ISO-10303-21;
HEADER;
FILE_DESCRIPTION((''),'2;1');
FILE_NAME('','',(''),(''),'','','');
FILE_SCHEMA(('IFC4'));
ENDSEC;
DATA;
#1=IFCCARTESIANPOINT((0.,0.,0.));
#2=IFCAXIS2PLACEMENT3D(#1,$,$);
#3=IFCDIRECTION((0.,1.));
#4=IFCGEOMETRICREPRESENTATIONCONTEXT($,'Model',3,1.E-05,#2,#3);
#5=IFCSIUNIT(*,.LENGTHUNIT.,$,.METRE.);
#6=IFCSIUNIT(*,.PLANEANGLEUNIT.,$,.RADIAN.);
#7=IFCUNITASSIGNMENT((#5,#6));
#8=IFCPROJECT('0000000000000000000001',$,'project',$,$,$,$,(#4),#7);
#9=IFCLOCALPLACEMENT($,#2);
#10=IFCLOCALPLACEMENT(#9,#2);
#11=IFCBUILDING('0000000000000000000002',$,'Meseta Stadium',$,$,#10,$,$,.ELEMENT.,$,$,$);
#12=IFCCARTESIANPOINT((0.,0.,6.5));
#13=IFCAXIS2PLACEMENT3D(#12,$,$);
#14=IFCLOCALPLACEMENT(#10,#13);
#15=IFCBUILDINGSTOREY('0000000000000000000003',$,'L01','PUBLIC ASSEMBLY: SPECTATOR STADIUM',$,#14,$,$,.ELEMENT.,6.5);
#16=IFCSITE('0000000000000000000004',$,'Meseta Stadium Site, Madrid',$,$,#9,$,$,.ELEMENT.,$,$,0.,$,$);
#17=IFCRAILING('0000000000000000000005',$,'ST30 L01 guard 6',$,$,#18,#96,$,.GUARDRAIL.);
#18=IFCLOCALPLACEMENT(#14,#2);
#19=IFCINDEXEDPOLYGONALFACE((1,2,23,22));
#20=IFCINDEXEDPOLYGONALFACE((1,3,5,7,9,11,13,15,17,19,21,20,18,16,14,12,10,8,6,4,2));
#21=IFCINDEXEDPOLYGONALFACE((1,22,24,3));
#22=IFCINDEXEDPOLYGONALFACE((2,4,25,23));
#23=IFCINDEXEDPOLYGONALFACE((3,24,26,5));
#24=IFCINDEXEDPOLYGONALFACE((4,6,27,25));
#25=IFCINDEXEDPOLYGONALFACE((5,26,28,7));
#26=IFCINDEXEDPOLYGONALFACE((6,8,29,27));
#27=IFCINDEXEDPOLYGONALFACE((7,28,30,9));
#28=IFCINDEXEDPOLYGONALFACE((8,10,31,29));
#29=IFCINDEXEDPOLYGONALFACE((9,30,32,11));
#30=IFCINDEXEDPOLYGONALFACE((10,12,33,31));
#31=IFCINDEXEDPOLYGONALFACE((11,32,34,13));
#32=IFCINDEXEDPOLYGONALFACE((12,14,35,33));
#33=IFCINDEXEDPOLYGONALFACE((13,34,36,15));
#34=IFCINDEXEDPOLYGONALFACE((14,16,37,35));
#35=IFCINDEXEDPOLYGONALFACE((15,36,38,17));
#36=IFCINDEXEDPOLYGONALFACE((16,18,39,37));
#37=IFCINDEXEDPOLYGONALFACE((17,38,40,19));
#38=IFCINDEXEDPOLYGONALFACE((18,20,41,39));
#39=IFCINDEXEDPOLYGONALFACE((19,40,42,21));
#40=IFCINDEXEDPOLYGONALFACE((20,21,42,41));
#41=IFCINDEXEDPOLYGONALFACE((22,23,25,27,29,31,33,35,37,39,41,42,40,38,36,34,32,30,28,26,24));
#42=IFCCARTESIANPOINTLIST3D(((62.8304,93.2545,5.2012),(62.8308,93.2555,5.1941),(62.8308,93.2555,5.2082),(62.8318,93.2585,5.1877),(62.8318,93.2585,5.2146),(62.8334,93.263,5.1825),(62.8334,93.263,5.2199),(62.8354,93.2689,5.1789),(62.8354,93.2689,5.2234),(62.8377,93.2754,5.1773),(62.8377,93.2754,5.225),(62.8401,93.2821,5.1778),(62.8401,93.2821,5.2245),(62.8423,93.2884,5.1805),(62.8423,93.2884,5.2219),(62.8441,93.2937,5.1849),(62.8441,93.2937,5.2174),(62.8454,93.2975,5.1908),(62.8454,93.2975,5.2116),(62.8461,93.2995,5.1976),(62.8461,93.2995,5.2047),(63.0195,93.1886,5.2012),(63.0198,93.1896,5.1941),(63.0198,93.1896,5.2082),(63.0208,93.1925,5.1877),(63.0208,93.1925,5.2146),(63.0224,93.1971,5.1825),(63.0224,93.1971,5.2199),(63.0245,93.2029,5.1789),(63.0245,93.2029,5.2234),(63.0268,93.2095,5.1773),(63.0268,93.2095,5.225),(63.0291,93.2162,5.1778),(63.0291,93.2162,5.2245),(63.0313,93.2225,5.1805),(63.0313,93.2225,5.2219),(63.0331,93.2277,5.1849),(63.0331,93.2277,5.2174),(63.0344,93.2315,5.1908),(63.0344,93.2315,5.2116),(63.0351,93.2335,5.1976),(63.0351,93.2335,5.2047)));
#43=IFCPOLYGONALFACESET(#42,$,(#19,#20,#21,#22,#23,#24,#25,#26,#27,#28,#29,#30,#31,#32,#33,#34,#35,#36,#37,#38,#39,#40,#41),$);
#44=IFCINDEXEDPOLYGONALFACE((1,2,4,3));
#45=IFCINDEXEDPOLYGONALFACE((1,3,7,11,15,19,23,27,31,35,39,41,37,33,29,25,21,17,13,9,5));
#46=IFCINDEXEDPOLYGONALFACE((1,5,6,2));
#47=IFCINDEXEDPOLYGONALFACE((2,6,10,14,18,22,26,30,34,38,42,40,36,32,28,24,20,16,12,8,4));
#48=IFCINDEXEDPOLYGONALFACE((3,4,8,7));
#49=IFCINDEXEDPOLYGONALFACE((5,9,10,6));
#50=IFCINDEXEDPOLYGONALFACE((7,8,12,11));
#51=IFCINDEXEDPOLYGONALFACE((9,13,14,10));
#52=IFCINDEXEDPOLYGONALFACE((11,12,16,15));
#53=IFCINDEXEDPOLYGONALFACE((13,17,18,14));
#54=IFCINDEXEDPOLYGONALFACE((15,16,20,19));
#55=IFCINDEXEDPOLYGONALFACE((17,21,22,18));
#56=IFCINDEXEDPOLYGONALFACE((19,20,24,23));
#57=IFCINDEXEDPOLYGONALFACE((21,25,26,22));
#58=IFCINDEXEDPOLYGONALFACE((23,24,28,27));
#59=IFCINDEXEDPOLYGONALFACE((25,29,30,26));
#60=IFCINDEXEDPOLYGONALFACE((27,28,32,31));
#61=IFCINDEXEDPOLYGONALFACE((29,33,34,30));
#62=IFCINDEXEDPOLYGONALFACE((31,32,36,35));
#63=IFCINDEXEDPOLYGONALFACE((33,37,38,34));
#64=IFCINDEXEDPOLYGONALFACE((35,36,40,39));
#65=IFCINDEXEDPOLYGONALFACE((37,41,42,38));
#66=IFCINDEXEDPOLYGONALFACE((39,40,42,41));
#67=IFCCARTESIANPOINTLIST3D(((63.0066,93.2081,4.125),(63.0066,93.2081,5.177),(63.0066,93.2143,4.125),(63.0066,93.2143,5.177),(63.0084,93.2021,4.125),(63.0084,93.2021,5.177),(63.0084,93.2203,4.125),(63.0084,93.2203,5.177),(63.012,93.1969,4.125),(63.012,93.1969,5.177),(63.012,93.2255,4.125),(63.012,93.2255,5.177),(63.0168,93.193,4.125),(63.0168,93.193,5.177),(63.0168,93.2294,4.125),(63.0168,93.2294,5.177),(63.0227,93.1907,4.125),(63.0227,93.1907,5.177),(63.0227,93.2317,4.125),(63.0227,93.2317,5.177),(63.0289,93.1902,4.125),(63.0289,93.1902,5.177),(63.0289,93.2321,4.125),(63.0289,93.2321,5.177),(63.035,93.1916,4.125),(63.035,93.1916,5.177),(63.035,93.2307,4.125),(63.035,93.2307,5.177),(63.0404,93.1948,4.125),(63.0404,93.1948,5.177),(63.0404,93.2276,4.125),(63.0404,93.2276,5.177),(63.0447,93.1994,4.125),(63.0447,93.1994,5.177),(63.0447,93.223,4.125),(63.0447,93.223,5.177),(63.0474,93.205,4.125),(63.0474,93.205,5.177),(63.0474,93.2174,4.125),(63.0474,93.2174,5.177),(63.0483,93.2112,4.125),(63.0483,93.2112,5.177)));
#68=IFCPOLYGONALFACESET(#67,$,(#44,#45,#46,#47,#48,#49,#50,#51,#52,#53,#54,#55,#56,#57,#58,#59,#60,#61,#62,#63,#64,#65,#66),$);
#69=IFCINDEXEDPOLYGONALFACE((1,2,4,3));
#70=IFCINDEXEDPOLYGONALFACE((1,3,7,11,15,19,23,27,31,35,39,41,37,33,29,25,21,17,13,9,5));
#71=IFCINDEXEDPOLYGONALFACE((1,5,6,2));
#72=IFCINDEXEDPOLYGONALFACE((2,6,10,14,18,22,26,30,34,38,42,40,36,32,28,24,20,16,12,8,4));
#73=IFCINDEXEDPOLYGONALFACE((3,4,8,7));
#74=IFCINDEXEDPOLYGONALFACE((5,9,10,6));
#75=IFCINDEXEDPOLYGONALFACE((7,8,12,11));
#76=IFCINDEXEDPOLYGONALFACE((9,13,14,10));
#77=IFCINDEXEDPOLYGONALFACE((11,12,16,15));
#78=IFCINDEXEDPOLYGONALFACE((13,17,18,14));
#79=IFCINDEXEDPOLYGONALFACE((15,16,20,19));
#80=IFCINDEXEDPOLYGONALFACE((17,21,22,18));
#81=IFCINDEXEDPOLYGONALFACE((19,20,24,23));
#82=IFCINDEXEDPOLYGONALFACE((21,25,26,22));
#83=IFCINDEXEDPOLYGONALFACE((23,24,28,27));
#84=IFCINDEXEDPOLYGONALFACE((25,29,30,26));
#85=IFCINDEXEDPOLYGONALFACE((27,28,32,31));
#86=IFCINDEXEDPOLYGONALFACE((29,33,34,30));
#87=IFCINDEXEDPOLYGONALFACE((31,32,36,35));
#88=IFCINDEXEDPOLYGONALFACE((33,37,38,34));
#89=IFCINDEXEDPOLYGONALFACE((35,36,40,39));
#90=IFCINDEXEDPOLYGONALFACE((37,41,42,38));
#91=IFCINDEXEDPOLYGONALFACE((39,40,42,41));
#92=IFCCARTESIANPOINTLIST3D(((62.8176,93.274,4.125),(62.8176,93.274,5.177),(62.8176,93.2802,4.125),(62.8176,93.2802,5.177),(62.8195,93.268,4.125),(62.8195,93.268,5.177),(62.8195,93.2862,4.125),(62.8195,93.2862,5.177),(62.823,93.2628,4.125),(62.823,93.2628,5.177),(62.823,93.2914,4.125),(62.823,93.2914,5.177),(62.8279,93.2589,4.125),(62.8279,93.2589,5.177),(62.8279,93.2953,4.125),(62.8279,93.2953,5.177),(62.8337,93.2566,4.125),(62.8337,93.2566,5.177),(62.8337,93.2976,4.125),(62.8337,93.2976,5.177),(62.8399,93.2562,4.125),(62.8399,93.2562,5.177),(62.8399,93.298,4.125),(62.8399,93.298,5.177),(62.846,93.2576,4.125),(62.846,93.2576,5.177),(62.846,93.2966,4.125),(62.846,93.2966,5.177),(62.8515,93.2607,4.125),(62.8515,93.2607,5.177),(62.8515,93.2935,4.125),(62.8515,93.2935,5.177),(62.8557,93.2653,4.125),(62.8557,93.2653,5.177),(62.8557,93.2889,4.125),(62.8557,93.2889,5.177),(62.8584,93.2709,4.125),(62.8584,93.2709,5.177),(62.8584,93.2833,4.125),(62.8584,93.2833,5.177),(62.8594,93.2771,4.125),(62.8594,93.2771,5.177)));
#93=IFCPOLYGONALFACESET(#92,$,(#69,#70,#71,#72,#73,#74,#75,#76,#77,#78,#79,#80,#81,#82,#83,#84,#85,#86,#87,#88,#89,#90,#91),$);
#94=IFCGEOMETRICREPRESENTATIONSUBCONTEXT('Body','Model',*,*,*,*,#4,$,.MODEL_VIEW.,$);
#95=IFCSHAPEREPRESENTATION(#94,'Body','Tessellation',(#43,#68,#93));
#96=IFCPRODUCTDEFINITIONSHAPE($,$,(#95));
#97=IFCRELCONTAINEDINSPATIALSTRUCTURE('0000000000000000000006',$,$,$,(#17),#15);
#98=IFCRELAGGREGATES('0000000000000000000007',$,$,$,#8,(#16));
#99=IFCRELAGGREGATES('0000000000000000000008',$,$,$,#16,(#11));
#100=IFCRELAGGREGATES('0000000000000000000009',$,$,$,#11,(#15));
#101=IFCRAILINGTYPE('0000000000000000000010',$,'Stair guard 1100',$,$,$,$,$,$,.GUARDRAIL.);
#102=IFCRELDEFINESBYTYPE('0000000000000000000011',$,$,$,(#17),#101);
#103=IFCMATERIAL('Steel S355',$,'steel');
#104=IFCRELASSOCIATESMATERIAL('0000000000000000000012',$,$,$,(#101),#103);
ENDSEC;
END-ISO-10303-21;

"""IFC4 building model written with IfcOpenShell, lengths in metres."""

from ifc_helpers import new_model, si_unit, direction, frame, origin, origin_2d, place, context, subcontext, project, spatial, circle, extrude, material, type_object, element, save


model = new_model("IFC4")

# Units and contexts
model_context = context("Model", 3, precision=1e-05, world=origin(), true_north=direction((0.0, 1.0)))
body_context = subcontext(model_context, "Body", "Model", "MODEL_VIEW")
ifc_project = project(units=[si_unit("LENGTHUNIT", "METRE"), si_unit("PLANEANGLEUNIT", "RADIAN")], contexts=[model_context])

# Site, building, storey
site_placement = place(None, origin())
site = spatial("IfcSite", under=ifc_project, at=site_placement, Name="Meseta Stadium Site, Madrid", CompositionType="ELEMENT", RefElevation=0.0)
building_placement = place(site_placement, origin())
building = spatial("IfcBuilding", under=site, at=building_placement, Name="Meseta Stadium", CompositionType="ELEMENT")
storey_placement = place(building_placement, frame((0.0, 0.0, 6.5)))
storey = spatial("IfcBuildingStorey", under=building, at=storey_placement, Name="L01", Description="PUBLIC ASSEMBLY: SPECTATOR STADIUM", CompositionType="ELEMENT", Elevation=6.5)

# Railing
ifc_material_1 = material(Name="Steel S355", Category="steel")
railing_type_1 = type_object("IfcRailingType", Name="Stair guard 1100", PredefinedType="GUARDRAIL", material=ifc_material_1)
railing_1_placement = place(storey_placement, frame((63.0273, 93.2112, 4.125)))
element("IfcRailing", 1, at=railing_1_placement, inside=storey, type_object=railing_type_1, Name="ST30 L01 guard 6", PredefinedType="GUARDRAIL", context=body_context, shape_type="SweptSolid", body=[
    extrude(circle(Radius=0.0239, at=origin_2d()), frame((0.0, 0.0, 1.0762), z_axis=(-0.9442, 0.329372, 0.0), x_axis=(-0.329372, -0.9442, 0.0)), (0.0, 0.0, 1.0), 0.2002),
    extrude(circle(Radius=0.021, at=origin_2d()), origin(), (0.0, 0.0, 1.0), 1.052),
    extrude(circle(Radius=0.021, at=origin_2d()), frame((-0.189, 0.0659, 0.0)), (0.0, 0.0, 1.0), 1.052),
])

save(model, "model.ifc")
